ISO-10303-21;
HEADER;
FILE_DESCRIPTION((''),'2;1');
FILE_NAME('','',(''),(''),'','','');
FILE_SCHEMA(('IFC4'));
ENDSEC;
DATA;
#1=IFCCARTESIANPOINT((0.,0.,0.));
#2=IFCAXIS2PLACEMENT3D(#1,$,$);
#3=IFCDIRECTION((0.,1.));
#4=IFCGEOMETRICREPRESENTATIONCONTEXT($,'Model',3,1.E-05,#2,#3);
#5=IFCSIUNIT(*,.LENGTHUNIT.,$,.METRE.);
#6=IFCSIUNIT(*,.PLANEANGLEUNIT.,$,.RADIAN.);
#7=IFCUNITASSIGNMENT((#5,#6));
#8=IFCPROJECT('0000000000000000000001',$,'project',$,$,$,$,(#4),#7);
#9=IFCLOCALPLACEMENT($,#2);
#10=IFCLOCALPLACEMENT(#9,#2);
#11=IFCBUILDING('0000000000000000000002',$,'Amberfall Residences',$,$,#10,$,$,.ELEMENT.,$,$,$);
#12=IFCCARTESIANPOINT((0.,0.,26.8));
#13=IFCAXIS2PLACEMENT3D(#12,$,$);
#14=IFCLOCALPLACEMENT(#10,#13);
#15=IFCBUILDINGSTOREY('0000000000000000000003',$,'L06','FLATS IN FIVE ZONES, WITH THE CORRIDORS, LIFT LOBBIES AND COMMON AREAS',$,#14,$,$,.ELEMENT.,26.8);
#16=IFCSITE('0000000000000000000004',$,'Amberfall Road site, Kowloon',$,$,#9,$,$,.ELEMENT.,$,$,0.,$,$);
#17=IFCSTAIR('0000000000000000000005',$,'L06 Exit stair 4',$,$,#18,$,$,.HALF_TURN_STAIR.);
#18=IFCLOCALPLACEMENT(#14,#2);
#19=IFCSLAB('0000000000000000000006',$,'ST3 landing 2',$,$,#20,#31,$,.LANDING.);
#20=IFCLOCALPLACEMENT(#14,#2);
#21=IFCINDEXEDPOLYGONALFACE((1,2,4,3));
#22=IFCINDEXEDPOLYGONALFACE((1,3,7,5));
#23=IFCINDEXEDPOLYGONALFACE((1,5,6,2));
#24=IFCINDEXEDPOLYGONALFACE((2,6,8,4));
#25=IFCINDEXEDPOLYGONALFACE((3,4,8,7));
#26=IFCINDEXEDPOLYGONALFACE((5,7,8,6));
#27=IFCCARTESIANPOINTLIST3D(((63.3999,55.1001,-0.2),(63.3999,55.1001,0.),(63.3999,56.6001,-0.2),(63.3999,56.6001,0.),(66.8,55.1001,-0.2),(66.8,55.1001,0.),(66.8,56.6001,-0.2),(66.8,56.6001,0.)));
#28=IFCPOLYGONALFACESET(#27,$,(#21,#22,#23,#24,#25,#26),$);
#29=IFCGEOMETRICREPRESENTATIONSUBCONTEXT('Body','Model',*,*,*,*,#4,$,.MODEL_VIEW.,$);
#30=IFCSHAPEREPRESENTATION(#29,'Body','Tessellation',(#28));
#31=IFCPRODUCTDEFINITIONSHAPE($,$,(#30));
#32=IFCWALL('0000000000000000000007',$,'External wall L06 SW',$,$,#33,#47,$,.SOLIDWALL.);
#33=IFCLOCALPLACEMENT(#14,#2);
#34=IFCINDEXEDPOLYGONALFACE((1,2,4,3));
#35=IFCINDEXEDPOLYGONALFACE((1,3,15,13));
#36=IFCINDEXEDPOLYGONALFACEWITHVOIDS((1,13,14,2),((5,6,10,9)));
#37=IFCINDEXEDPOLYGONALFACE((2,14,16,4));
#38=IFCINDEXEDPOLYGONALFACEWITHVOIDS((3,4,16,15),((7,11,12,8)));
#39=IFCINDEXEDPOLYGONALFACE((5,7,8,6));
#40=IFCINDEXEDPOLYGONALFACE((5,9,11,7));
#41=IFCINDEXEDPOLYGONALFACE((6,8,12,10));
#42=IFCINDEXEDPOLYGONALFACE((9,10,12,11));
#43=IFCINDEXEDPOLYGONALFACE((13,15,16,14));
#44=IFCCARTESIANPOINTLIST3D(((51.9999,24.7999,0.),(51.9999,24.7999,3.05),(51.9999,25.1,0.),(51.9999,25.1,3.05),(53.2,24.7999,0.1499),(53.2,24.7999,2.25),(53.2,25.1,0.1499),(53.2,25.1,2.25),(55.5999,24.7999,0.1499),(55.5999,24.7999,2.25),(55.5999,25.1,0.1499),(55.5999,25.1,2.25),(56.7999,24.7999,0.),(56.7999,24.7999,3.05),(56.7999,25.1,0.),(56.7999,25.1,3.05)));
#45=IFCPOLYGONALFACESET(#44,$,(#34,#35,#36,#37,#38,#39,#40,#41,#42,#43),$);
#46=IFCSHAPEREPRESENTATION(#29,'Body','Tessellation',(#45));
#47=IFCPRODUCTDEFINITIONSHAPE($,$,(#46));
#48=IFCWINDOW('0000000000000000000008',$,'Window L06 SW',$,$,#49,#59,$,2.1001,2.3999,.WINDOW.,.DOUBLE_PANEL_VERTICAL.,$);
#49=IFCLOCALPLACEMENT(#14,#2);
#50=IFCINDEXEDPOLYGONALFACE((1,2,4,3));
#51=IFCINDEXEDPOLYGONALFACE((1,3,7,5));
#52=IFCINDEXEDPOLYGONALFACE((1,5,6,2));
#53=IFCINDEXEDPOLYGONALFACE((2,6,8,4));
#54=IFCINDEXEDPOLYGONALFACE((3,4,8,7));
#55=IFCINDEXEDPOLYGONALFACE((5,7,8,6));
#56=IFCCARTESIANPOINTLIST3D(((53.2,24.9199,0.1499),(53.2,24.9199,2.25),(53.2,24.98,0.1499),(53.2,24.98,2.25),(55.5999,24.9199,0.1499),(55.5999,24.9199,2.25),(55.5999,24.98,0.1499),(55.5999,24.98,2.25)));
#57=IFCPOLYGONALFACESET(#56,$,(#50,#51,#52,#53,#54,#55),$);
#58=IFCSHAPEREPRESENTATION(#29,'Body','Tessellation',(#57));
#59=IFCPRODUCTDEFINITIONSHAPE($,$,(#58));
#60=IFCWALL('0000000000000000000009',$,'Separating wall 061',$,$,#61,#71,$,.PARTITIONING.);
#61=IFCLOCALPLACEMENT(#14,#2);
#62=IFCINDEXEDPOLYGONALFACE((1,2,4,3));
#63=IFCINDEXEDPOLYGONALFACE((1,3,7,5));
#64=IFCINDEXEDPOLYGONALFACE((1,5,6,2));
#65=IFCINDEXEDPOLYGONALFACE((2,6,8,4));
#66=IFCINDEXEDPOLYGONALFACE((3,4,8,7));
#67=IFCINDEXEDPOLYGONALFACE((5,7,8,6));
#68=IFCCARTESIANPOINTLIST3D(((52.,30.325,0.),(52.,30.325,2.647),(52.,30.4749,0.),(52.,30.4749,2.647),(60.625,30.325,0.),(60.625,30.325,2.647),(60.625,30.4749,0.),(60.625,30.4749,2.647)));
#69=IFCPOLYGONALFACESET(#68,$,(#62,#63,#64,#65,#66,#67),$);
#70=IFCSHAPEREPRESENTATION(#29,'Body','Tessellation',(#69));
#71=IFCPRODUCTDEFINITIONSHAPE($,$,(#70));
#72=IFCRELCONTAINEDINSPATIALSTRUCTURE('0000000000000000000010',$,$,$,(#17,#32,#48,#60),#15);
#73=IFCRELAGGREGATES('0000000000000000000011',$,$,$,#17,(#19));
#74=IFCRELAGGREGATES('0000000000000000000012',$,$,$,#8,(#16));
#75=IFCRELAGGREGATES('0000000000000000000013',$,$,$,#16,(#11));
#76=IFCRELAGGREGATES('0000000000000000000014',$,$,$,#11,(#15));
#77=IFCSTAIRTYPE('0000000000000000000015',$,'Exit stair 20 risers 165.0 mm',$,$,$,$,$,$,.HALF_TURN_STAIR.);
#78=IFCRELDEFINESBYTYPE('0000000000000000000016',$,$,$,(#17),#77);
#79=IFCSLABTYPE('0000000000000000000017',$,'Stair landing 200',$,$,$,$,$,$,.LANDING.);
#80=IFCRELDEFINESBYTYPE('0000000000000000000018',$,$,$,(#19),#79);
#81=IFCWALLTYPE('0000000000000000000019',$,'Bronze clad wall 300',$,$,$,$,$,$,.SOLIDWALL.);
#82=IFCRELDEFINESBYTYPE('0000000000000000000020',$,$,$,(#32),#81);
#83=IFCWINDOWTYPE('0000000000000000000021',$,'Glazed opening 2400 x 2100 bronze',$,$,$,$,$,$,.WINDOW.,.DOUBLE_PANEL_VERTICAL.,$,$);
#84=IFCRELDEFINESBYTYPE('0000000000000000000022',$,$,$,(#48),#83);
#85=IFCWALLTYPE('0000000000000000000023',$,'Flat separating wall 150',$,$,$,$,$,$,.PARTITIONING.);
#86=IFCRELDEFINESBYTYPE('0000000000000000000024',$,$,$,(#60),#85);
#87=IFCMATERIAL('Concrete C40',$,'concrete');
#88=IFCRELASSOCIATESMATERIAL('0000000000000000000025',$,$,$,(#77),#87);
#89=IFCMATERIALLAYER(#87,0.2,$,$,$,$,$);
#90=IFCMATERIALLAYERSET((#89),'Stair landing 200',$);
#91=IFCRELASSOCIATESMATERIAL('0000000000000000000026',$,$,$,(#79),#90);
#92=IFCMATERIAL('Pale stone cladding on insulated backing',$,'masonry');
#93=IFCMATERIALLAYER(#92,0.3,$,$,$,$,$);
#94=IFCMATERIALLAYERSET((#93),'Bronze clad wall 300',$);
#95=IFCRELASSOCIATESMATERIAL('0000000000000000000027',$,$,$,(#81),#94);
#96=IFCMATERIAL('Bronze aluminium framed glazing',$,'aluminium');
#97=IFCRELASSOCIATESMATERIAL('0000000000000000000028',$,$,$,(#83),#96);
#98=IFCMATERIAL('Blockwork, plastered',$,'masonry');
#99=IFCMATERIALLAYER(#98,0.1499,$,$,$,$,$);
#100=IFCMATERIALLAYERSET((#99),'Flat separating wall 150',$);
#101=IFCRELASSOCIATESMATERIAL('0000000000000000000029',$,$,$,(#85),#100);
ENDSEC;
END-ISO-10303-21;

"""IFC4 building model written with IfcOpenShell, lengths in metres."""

from ifc_helpers import new_model, si_unit, direction, frame, frame_2d, origin, place, context, subcontext, project, spatial, polyline, rectangle, outline, extrude, material, layer, layer_set, type_object, element, fill, aggregate, save


model = new_model("IFC4")

# Units and contexts
model_context = context("Model", 3, precision=1e-05, world=origin(), true_north=direction((0.0, 1.0)))
body_context = subcontext(model_context, "Body", "Model", "MODEL_VIEW")
ifc_project = project(units=[si_unit("LENGTHUNIT", "METRE"), si_unit("PLANEANGLEUNIT", "RADIAN")], contexts=[model_context])

# Site, building, storey
site_placement = place(None, origin())
site = spatial("IfcSite", under=ifc_project, at=site_placement, Name="Amberfall Road site, Kowloon", CompositionType="ELEMENT", RefElevation=0.0)
building_placement = place(site_placement, origin())
building = spatial("IfcBuilding", under=site, at=building_placement, Name="Amberfall Residences", CompositionType="ELEMENT")
storey_placement = place(building_placement, frame((0.0, 0.0, 26.8)))
storey = spatial("IfcBuildingStorey", under=building, at=storey_placement, Name="L06", Description="FLATS IN FIVE ZONES, WITH THE CORRIDORS, LIFT LOBBIES AND COMMON AREAS", CompositionType="ELEMENT", Elevation=26.8)

# Shared definitions
ifc_material_1 = material(Name="Concrete C40", Category="concrete")

# Stair, slab
stair_type = type_object("IfcStairType", Name="Exit stair 20 risers 165.0 mm", PredefinedType="HALF_TURN_STAIR", material=ifc_material_1)
ifc_layer_1 = layer(ifc_material_1, 0.2)
ifc_layer_set_1 = layer_set([ifc_layer_1], Name="Stair landing 200")
slab_type_1 = type_object("IfcSlabType", Name="Stair landing 200", PredefinedType="LANDING", material=ifc_layer_set_1)
stair_1_placement = place(storey_placement, origin())
stair_1 = element("IfcStair", 1, at=stair_1_placement, inside=storey, type_object=stair_type, Name="L06 Exit stair 4", PredefinedType="HALF_TURN_STAIR")
slab_1_placement = place(storey_placement, frame((0.0, 0.0, -0.2)))
slab_1 = element("IfcSlab", 2, at=slab_1_placement, type_object=slab_type_1, Name="ST3 landing 2", PredefinedType="LANDING", context=body_context, shape_type="SweptSolid", body=[
    extrude(outline(polyline([(63.3999, 56.6001), (63.3999, 55.1001), (66.8, 55.1001), (66.8, 56.6001), (63.3999, 56.6001)])), origin(), (0.0, 0.0, 1.0), 0.2),
])
aggregate(stair_1, [slab_1])

# Wall, opening, window
ifc_material_2 = material(Name="Pale stone cladding on insulated backing", Category="masonry")
ifc_layer_2 = layer(ifc_material_2, 0.3)
ifc_layer_set_2 = layer_set([ifc_layer_2], Name="Bronze clad wall 300")
wall_type_1 = type_object("IfcWallType", Name="Bronze clad wall 300", PredefinedType="SOLIDWALL", material=ifc_layer_set_2)
wall_1_placement = place(storey_placement, frame((52.0, 24.95, 0.0), z_axis=(0.0, 0.0, 1.0), x_axis=(1.0, 0.0, 0.0)))
wall_1 = element("IfcWall", 3, at=wall_1_placement, inside=storey, type_object=wall_type_1, Name="External wall L06 SW", PredefinedType="SOLIDWALL", context=body_context, shape_type="SweptSolid", body=[
    extrude(rectangle(XDim=4.8, YDim=0.3, at=frame_2d((2.3999, 0.0))), origin(), (0.0, 0.0, 1.0), 3.05),
])
opening_placement = place(wall_1_placement, frame((1.2, 0.0, 0.1499)))
opening = element("IfcOpeningElement", 4, at=opening_placement, cuts=wall_1, PredefinedType="OPENING", context=body_context, shape_type="SweptSolid", body=[
    extrude(rectangle(XDim=2.3999, YDim=2.1001, at=frame_2d((1.2, 1.05))), frame((0.0, 0.1599, 0.0), z_axis=(0.0, -1.0, 0.0), x_axis=(1.0, 0.0, 0.0)), (0.0, 0.0, 1.0), 0.3201),
])
ifc_material_3 = material(Name="Bronze aluminium framed glazing", Category="aluminium")
window_type = type_object("IfcWindowType", Name="Glazed opening 2400 x 2100 bronze", PartitioningType="DOUBLE_PANEL_VERTICAL", PredefinedType="WINDOW", material=ifc_material_3)
window_placement = place(opening_placement, origin())
window = element("IfcWindow", 5, at=window_placement, inside=storey, type_object=window_type, Name="Window L06 SW", OverallHeight=2.1001, OverallWidth=2.3999, PartitioningType="DOUBLE_PANEL_VERTICAL", PredefinedType="WINDOW", context=body_context, shape_type="SweptSolid", body=[
    extrude(rectangle(XDim=2.3999, YDim=2.1001, at=frame_2d((1.2, 1.05))), frame((0.0, 0.03, 0.0), z_axis=(0.0, -1.0, 0.0), x_axis=(1.0, 0.0, 0.0)), (0.0, 0.0, 1.0), 0.0601),
])
fill(opening, window)

# Wall
ifc_material_4 = material(Name="Blockwork, plastered", Category="masonry")
ifc_layer_3 = layer(ifc_material_4, 0.1499)
ifc_layer_set_3 = layer_set([ifc_layer_3], Name="Flat separating wall 150")
wall_type_2 = type_object("IfcWallType", Name="Flat separating wall 150", PredefinedType="PARTITIONING", material=ifc_layer_set_3)
wall_2_placement = place(storey_placement, frame((52.0, 30.3999, 0.0), z_axis=(0.0, 0.0, 1.0), x_axis=(1.0, 0.0, 0.0)))
element("IfcWall", 6, at=wall_2_placement, inside=storey, type_object=wall_type_2, Name="Separating wall 061", PredefinedType="PARTITIONING", context=body_context, shape_type="SweptSolid", body=[
    extrude(rectangle(XDim=8.625, YDim=0.1499, at=frame_2d((4.3125, 0.0))), origin(), (0.0, 0.0, 1.0), 2.647),
])

save(model, "model.ifc")
